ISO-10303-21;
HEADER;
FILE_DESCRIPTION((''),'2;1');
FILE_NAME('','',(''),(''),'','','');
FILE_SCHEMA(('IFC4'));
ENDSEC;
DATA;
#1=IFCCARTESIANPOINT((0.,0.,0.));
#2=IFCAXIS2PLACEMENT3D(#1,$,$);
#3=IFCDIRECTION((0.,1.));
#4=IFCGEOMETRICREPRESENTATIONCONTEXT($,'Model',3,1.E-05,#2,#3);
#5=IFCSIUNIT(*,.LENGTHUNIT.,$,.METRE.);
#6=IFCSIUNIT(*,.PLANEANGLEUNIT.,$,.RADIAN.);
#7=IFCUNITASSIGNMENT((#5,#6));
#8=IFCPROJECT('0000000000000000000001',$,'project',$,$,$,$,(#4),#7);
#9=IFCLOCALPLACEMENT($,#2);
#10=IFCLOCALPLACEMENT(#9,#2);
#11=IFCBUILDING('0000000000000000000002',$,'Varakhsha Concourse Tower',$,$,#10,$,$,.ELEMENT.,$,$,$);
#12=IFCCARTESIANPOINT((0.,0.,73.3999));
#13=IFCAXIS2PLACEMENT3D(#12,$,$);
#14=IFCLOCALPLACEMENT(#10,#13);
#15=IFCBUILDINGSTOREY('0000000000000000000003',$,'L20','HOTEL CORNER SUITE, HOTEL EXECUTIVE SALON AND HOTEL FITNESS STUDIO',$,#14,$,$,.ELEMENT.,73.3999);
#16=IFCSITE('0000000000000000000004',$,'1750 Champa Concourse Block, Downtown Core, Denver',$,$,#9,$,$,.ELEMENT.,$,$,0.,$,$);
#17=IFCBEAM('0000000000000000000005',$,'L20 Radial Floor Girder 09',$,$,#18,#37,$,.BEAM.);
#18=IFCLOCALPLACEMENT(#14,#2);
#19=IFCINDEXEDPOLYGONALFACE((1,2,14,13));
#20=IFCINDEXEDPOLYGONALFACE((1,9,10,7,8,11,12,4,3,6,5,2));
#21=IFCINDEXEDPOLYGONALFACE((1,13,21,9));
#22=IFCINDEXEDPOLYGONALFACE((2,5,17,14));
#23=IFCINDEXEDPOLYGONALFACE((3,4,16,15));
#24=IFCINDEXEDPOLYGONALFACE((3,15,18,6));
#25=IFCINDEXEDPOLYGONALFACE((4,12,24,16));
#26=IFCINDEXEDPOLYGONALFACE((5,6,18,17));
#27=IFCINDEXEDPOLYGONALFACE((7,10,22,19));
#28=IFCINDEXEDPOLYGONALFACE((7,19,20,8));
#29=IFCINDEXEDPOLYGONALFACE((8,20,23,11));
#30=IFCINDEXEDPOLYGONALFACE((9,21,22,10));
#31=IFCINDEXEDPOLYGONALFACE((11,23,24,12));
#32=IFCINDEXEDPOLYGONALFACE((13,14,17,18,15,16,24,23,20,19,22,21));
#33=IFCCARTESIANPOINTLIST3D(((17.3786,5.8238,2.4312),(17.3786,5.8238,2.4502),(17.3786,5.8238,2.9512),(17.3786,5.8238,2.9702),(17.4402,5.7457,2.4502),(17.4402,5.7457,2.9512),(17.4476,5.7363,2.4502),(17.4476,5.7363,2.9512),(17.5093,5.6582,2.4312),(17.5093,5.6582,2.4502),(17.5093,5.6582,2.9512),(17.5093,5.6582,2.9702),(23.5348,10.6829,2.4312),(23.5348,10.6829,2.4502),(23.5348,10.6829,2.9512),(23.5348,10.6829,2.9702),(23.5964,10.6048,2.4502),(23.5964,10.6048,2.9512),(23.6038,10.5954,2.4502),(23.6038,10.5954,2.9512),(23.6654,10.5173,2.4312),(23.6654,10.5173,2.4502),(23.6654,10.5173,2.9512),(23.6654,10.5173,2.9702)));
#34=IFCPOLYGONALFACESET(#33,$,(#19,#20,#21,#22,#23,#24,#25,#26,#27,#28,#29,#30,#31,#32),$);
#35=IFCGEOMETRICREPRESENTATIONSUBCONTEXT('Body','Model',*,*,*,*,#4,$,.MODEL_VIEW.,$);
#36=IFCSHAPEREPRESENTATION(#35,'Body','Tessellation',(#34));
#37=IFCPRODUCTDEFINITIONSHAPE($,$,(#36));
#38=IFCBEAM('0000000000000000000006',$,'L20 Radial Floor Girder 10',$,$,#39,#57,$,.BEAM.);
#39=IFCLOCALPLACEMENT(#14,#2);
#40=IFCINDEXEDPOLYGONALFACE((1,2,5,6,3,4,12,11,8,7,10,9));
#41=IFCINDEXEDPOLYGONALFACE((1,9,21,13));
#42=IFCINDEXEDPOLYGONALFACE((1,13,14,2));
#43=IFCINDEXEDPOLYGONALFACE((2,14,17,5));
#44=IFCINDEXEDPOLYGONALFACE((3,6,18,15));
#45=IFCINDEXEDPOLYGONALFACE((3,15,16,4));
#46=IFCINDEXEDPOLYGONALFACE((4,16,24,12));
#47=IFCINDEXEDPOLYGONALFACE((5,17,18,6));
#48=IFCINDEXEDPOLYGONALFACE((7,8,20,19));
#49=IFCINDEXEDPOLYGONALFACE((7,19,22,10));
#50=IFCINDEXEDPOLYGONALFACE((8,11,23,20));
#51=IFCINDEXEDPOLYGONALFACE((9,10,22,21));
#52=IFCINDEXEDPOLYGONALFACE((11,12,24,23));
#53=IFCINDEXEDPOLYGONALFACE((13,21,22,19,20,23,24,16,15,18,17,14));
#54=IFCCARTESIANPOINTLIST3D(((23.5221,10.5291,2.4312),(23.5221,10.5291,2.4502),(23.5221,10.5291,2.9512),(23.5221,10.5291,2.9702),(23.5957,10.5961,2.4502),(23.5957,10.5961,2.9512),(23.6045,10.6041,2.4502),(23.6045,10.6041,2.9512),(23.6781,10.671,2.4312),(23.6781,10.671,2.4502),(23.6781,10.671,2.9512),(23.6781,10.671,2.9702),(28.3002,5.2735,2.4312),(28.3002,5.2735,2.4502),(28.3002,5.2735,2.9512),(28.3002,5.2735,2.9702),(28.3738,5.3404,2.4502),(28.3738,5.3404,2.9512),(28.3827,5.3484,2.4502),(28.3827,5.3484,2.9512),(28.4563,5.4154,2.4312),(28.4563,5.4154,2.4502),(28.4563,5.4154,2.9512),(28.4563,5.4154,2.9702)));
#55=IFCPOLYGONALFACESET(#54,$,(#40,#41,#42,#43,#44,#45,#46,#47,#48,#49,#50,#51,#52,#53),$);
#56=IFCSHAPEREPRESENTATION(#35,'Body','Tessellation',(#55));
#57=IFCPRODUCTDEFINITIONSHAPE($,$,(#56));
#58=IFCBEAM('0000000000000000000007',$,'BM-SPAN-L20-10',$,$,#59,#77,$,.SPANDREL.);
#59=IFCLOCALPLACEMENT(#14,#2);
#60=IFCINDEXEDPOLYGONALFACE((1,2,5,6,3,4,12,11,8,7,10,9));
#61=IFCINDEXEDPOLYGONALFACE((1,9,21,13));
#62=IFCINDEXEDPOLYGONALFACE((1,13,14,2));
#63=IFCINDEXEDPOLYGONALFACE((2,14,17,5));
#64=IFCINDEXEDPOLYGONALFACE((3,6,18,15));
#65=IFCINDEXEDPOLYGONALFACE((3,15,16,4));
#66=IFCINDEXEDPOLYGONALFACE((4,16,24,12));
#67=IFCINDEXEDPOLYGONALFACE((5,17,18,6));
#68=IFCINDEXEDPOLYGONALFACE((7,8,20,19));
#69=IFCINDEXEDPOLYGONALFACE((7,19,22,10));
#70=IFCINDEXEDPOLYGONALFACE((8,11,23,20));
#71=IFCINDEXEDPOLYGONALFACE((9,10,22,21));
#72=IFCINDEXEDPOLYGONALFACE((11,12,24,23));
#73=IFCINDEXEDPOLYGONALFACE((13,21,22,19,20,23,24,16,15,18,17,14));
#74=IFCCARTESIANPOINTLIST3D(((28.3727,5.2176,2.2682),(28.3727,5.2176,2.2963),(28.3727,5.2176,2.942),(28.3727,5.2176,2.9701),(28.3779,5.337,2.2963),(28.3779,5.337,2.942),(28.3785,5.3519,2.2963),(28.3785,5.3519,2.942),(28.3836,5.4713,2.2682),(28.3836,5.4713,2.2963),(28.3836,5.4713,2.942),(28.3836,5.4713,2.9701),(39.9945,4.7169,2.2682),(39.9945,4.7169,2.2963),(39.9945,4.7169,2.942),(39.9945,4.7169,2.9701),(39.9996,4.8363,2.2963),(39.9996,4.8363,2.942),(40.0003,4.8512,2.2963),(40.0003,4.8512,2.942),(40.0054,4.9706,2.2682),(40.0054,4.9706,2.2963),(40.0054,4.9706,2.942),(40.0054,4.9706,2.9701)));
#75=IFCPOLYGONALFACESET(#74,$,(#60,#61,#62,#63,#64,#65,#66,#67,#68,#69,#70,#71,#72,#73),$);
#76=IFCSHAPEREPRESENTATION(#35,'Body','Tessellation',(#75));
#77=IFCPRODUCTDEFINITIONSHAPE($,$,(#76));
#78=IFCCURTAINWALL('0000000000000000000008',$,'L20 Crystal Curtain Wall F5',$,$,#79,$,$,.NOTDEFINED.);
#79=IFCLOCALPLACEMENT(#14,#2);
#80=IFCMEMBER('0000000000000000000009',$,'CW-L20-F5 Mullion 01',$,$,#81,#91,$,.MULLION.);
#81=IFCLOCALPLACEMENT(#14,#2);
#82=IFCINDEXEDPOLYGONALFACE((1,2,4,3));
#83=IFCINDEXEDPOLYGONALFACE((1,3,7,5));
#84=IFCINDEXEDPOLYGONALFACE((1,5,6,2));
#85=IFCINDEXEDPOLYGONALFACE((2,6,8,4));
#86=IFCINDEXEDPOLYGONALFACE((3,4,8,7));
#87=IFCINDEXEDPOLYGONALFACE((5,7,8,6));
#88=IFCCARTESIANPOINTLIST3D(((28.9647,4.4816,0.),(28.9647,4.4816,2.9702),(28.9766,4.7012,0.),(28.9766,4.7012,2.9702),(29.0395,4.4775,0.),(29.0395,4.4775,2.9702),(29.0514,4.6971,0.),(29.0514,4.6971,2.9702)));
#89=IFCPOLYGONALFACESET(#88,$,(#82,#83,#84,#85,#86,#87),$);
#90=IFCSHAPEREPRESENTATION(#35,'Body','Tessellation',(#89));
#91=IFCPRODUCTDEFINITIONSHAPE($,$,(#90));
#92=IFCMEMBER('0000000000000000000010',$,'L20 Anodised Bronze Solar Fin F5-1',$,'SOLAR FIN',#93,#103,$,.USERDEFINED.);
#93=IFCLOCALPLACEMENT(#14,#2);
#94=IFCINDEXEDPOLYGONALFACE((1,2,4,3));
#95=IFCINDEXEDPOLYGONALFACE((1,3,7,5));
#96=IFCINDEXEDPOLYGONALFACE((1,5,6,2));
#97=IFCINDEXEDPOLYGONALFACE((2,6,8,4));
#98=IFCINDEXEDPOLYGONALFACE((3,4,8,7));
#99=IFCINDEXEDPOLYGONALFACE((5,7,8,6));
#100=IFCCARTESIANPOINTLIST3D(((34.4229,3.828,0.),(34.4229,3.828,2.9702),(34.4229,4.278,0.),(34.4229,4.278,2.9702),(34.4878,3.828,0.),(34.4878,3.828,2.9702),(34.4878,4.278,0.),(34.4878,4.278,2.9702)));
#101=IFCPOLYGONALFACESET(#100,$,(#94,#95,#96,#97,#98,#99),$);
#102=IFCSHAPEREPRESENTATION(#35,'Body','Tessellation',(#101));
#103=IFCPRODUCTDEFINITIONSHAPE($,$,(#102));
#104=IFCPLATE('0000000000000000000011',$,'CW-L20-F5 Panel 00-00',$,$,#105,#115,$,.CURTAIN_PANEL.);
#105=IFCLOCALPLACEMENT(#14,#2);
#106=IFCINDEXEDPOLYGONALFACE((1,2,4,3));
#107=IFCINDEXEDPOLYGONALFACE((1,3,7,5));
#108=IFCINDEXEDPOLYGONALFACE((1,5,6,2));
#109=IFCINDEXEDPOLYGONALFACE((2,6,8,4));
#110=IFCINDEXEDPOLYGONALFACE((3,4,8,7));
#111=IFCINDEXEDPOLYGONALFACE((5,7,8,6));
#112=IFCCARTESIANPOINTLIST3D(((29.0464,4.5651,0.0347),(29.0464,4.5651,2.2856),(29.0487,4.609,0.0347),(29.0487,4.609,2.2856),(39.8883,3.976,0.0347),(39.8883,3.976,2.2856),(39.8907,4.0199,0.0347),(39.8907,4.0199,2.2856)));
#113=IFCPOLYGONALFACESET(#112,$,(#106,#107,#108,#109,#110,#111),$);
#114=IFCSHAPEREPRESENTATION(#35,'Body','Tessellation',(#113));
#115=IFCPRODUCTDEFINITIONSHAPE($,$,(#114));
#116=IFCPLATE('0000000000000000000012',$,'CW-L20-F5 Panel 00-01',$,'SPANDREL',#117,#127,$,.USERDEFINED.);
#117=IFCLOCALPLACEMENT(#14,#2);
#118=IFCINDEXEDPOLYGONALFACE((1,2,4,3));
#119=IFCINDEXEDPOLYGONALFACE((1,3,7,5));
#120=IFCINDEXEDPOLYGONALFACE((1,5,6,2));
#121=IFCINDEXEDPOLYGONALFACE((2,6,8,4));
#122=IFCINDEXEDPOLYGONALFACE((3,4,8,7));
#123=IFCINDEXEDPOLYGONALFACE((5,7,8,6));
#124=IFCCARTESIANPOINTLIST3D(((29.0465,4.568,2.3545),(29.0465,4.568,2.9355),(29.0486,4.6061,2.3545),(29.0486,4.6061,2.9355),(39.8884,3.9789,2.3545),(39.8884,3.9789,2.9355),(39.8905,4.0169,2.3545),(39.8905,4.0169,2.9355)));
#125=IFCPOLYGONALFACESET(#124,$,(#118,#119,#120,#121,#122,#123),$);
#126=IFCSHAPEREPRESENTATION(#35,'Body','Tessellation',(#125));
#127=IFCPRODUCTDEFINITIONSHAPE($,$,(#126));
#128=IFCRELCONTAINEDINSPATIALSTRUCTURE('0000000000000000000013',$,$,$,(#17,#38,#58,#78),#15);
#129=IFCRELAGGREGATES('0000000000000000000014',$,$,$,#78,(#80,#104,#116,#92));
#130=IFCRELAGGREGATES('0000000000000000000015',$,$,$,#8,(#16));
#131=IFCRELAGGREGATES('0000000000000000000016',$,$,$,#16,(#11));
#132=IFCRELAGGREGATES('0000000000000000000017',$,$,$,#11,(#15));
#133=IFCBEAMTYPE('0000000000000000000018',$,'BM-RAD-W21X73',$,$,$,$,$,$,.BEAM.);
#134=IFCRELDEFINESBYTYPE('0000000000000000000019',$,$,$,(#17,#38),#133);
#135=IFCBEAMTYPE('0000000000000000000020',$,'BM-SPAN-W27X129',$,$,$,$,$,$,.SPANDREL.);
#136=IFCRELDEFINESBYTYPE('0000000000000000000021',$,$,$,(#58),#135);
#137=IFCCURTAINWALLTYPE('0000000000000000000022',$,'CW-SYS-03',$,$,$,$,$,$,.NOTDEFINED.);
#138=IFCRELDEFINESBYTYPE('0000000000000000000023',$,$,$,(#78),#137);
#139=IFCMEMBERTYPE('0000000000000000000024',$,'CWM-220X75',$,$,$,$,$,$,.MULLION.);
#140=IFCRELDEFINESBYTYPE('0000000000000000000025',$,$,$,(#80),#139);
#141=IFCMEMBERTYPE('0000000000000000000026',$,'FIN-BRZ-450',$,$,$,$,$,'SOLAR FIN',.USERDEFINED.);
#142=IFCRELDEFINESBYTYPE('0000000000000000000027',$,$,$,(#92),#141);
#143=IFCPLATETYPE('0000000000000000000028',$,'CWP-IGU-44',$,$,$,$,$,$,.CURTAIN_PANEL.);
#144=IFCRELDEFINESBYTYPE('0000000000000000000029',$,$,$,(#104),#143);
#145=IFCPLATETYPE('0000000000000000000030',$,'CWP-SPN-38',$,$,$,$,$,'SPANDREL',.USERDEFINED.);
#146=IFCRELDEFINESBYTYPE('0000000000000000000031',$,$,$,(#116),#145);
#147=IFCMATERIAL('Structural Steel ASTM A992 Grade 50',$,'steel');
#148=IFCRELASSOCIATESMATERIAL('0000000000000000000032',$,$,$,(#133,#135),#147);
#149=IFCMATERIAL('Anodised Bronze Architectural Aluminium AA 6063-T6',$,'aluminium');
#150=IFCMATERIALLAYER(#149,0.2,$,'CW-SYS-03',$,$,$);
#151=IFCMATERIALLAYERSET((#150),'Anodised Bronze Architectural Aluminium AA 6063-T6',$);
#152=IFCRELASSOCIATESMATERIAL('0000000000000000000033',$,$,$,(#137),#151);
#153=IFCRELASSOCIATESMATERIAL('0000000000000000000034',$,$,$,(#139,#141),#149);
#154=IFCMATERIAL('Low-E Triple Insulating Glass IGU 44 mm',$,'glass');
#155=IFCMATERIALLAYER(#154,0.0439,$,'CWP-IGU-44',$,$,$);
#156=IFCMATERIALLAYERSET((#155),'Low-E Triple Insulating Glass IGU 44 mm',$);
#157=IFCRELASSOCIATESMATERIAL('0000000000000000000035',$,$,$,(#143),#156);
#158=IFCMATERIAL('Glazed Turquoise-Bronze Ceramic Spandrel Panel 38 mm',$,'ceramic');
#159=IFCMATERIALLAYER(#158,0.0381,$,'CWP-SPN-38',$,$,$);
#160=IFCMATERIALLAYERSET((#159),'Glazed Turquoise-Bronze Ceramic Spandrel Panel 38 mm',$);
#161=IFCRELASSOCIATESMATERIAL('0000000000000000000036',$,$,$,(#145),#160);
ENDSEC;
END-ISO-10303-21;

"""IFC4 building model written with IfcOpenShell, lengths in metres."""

from ifc_helpers import new_model, si_unit, direction, frame, origin, origin_2d, place, context, subcontext, project, spatial, rectangle, i_section, extrude, source, transform, mapped, material, layer, layer_set, material_profile, profile_set, type_object, type_shapes, element, aggregate, save


model = new_model("IFC4")

# Units and contexts
model_context = context("Model", 3, precision=1e-05, world=origin(), true_north=direction((0.0, 1.0)))
body_context = subcontext(model_context, "Body", "Model", "MODEL_VIEW")
ifc_project = project(units=[si_unit("LENGTHUNIT", "METRE"), si_unit("PLANEANGLEUNIT", "RADIAN")], contexts=[model_context])

# Site, building, storey
site_placement = place(None, origin())
site = spatial("IfcSite", under=ifc_project, at=site_placement, Name="1750 Champa Concourse Block, Downtown Core, Denver", CompositionType="ELEMENT", RefElevation=0.0)
building_placement = place(site_placement, origin())
building = spatial("IfcBuilding", under=site, at=building_placement, Name="Varakhsha Concourse Tower", CompositionType="ELEMENT")
storey_placement = place(building_placement, frame((0.0, 0.0, 73.3999)))
storey = spatial("IfcBuildingStorey", under=building, at=storey_placement, Name="L20", Description="HOTEL CORNER SUITE, HOTEL EXECUTIVE SALON AND HOTEL FITNESS STUDIO", CompositionType="ELEMENT", Elevation=73.3999)

# Shared definitions
ifc_material_1 = material(Name="Structural Steel ASTM A992 Grade 50", Category="steel")

# Beams
ifc_material_profile_1 = material_profile(ifc_material_1, i_section(OverallWidth=0.2109, OverallDepth=0.5391, WebThickness=0.012, FlangeThickness=0.019, at=origin_2d()), Name="W21X73")
ifc_profile_set_1 = profile_set([ifc_material_profile_1], Name="Structural Steel ASTM A992 Grade 50")
beam_type_1 = type_object("IfcBeamType", Name="BM-RAD-W21X73", PredefinedType="BEAM", material=ifc_profile_set_1)
beam_1_placement = place(storey_placement, frame((23.6001, 10.6001, 2.7007), z_axis=(-0.784949, -0.619561, 0.0), x_axis=(0.619561, -0.784949, 0.0)))
element("IfcBeam", 1, at=beam_1_placement, inside=storey, type_object=beam_type_1, Name="L20 Radial Floor Girder 09", PredefinedType="BEAM", context=body_context, shape_type="SweptSolid", body=[
    extrude(i_section(OverallWidth=0.2109, OverallDepth=0.5391, WebThickness=0.012, FlangeThickness=0.019, at=origin_2d()), origin(), (0.0, 0.0, 1.0), 7.8428),
])
beam_2_placement = place(storey_placement, frame((23.6001, 10.6001, 2.7007), z_axis=(0.672692, -0.739923, 0.0), x_axis=(0.739923, 0.672692, 0.0)))
element("IfcBeam", 2, at=beam_2_placement, inside=storey, type_object=beam_type_1, Name="L20 Radial Floor Girder 10", PredefinedType="BEAM", context=body_context, shape_type="SweptSolid", body=[
    extrude(i_section(OverallWidth=0.2109, OverallDepth=0.5391, WebThickness=0.012, FlangeThickness=0.019, at=origin_2d()), origin(), (0.0, 0.0, 1.0), 7.103),
])
ifc_material_profile_2 = material_profile(ifc_material_1, i_section(OverallWidth=0.2539, OverallDepth=0.7019, WebThickness=0.0149, FlangeThickness=0.0281, at=origin_2d()), Name="W27X129")
ifc_profile_set_2 = profile_set([ifc_material_profile_2], Name="Structural Steel ASTM A992 Grade 50")
beam_type_2 = type_object("IfcBeamType", Name="BM-SPAN-W27X129", PredefinedType="SPANDREL", material=ifc_profile_set_2)
beam_3_placement = place(storey_placement, frame((28.3782, 5.3445, 2.6191), z_axis=(0.999073, -0.043046, 0.0), x_axis=(0.043046, 0.999073, 0.0)))
element("IfcBeam", 3, at=beam_3_placement, inside=storey, type_object=beam_type_2, Name="BM-SPAN-L20-10", PredefinedType="SPANDREL", context=body_context, shape_type="SweptSolid", body=[
    extrude(i_section(OverallWidth=0.2539, OverallDepth=0.7019, WebThickness=0.0149, FlangeThickness=0.0281, at=origin_2d()), origin(), (0.0, 0.0, 1.0), 11.6326),
])

# Curtain wall, members, plates
ifc_material_2 = material(Name="Anodised Bronze Architectural Aluminium AA 6063-T6", Category="aluminium")
ifc_layer_1 = layer(ifc_material_2, 0.2, Name="CW-SYS-03")
ifc_layer_set_1 = layer_set([ifc_layer_1], Name="Anodised Bronze Architectural Aluminium AA 6063-T6")
curtain_wall_type = type_object("IfcCurtainWallType", Name="CW-SYS-03", PredefinedType="NOTDEFINED", material=ifc_layer_set_1)
curtain_wall_placement = place(storey_placement, origin())
curtain_wall = element("IfcCurtainWall", 4, at=curtain_wall_placement, inside=storey, type_object=curtain_wall_type, Name="L20 Crystal Curtain Wall F5", PredefinedType="NOTDEFINED")
ifc_material_profile_3 = material_profile(ifc_material_2, rectangle(XDim=0.075, YDim=0.22, at=origin_2d()), Name="CWM-220X75")
ifc_profile_set_3 = profile_set([ifc_material_profile_3], Name="Anodised Bronze Architectural Aluminium AA 6063-T6")
member_type_1 = type_object("IfcMemberType", Name="CWM-220X75", PredefinedType="MULLION", material=ifc_profile_set_3)
shared_shape_1 = source(origin(), body_context, "Body", "SweptSolid", [
    extrude(rectangle(XDim=0.075, YDim=0.22, at=origin_2d()), origin(), (0.0, 0.0, 1.0), 2.9702),
])
type_shapes(member_type_1, [shared_shape_1])
member_1_placement = place(storey_placement, frame((29.0081, 4.5894, 0.0), z_axis=(0.0, 0.0, 1.0), x_axis=(-0.998527, 0.054257, 0.0)))
member_1 = element("IfcMember", 5, at=member_1_placement, type_object=member_type_1, Name="CW-L20-F5 Mullion 01", PredefinedType="MULLION", context=body_context, shape_type="MappedRepresentation", body=[
    mapped(shared_shape_1, transform((0.0, 0.0, 0.0), scale=1.0)),
])
ifc_material_profile_4 = material_profile(ifc_material_2, rectangle(XDim=0.0649, YDim=0.45, at=origin_2d()), Name="FIN-BRZ-450")
ifc_profile_set_4 = profile_set([ifc_material_profile_4], Name="Anodised Bronze Architectural Aluminium AA 6063-T6")
member_type_2 = type_object("IfcMemberType", Name="FIN-BRZ-450", ElementType="SOLAR FIN", PredefinedType="USERDEFINED", material=ifc_profile_set_4)
shared_shape_2 = source(origin(), body_context, "Body", "SweptSolid", [
    extrude(rectangle(XDim=0.0649, YDim=0.45, at=origin_2d()), origin(), (0.0, 0.0, 1.0), 2.9702),
])
type_shapes(member_type_2, [shared_shape_2])
member_2_placement = place(storey_placement, frame((34.4553, 4.053, 0.0), z_axis=(0.0, 0.0, 1.0), x_axis=(1.0, 0.0, 0.0)))
member_2 = element("IfcMember", 6, at=member_2_placement, type_object=member_type_2, Name="L20 Anodised Bronze Solar Fin F5-1", ObjectType="SOLAR FIN", PredefinedType="USERDEFINED", context=body_context, shape_type="MappedRepresentation", body=[
    mapped(shared_shape_2, transform((0.0, 0.0, 0.0), scale=1.0)),
])
ifc_material_3 = material(Name="Low-E Triple Insulating Glass IGU 44 mm", Category="glass")
ifc_layer_2 = layer(ifc_material_3, 0.0439, Name="CWP-IGU-44")
ifc_layer_set_2 = layer_set([ifc_layer_2], Name="Low-E Triple Insulating Glass IGU 44 mm")
plate_type_1 = type_object("IfcPlateType", Name="CWP-IGU-44", PredefinedType="CURTAIN_PANEL", material=ifc_layer_set_2)
shared_shape_3 = source(origin(), body_context, "Body", "SweptSolid", [
    extrude(rectangle(XDim=10.8579, YDim=0.0439, at=origin_2d()), origin(), (0.0, 0.0, 1.0), 2.251),
])
type_shapes(plate_type_1, [shared_shape_3])
plate_1_placement = place(storey_placement, frame((34.4685, 4.2925, 0.0347), z_axis=(0.0, 0.0, 1.0), x_axis=(-0.998527, 0.054257, 0.0)))
plate_1 = element("IfcPlate", 7, at=plate_1_placement, type_object=plate_type_1, Name="CW-L20-F5 Panel 00-00", PredefinedType="CURTAIN_PANEL", context=body_context, shape_type="MappedRepresentation", body=[
    mapped(shared_shape_3, transform((0.0, 0.0, 0.0), scale=1.0)),
])
ifc_material_4 = material(Name="Glazed Turquoise-Bronze Ceramic Spandrel Panel 38 mm", Category="ceramic")
ifc_layer_3 = layer(ifc_material_4, 0.0381, Name="CWP-SPN-38")
ifc_layer_set_3 = layer_set([ifc_layer_3], Name="Glazed Turquoise-Bronze Ceramic Spandrel Panel 38 mm")
plate_type_2 = type_object("IfcPlateType", Name="CWP-SPN-38", ElementType="SPANDREL", PredefinedType="USERDEFINED", material=ifc_layer_set_3)
shared_shape_4 = source(origin(), body_context, "Body", "SweptSolid", [
    extrude(rectangle(XDim=10.8579, YDim=0.0381, at=origin_2d()), origin(), (0.0, 0.0, 1.0), 0.5811),
])
type_shapes(plate_type_2, [shared_shape_4])
plate_2_placement = place(storey_placement, frame((34.4685, 4.2925, 2.3545), z_axis=(0.0, 0.0, 1.0), x_axis=(-0.998527, 0.054257, 0.0)))
plate_2 = element("IfcPlate", 8, at=plate_2_placement, type_object=plate_type_2, Name="CW-L20-F5 Panel 00-01", ObjectType="SPANDREL", PredefinedType="USERDEFINED", context=body_context, shape_type="MappedRepresentation", body=[
    mapped(shared_shape_4, transform((0.0, 0.0, 0.0), scale=1.0)),
])
aggregate(curtain_wall, [member_1, plate_1, plate_2, member_2])

save(model, "model.ifc")
